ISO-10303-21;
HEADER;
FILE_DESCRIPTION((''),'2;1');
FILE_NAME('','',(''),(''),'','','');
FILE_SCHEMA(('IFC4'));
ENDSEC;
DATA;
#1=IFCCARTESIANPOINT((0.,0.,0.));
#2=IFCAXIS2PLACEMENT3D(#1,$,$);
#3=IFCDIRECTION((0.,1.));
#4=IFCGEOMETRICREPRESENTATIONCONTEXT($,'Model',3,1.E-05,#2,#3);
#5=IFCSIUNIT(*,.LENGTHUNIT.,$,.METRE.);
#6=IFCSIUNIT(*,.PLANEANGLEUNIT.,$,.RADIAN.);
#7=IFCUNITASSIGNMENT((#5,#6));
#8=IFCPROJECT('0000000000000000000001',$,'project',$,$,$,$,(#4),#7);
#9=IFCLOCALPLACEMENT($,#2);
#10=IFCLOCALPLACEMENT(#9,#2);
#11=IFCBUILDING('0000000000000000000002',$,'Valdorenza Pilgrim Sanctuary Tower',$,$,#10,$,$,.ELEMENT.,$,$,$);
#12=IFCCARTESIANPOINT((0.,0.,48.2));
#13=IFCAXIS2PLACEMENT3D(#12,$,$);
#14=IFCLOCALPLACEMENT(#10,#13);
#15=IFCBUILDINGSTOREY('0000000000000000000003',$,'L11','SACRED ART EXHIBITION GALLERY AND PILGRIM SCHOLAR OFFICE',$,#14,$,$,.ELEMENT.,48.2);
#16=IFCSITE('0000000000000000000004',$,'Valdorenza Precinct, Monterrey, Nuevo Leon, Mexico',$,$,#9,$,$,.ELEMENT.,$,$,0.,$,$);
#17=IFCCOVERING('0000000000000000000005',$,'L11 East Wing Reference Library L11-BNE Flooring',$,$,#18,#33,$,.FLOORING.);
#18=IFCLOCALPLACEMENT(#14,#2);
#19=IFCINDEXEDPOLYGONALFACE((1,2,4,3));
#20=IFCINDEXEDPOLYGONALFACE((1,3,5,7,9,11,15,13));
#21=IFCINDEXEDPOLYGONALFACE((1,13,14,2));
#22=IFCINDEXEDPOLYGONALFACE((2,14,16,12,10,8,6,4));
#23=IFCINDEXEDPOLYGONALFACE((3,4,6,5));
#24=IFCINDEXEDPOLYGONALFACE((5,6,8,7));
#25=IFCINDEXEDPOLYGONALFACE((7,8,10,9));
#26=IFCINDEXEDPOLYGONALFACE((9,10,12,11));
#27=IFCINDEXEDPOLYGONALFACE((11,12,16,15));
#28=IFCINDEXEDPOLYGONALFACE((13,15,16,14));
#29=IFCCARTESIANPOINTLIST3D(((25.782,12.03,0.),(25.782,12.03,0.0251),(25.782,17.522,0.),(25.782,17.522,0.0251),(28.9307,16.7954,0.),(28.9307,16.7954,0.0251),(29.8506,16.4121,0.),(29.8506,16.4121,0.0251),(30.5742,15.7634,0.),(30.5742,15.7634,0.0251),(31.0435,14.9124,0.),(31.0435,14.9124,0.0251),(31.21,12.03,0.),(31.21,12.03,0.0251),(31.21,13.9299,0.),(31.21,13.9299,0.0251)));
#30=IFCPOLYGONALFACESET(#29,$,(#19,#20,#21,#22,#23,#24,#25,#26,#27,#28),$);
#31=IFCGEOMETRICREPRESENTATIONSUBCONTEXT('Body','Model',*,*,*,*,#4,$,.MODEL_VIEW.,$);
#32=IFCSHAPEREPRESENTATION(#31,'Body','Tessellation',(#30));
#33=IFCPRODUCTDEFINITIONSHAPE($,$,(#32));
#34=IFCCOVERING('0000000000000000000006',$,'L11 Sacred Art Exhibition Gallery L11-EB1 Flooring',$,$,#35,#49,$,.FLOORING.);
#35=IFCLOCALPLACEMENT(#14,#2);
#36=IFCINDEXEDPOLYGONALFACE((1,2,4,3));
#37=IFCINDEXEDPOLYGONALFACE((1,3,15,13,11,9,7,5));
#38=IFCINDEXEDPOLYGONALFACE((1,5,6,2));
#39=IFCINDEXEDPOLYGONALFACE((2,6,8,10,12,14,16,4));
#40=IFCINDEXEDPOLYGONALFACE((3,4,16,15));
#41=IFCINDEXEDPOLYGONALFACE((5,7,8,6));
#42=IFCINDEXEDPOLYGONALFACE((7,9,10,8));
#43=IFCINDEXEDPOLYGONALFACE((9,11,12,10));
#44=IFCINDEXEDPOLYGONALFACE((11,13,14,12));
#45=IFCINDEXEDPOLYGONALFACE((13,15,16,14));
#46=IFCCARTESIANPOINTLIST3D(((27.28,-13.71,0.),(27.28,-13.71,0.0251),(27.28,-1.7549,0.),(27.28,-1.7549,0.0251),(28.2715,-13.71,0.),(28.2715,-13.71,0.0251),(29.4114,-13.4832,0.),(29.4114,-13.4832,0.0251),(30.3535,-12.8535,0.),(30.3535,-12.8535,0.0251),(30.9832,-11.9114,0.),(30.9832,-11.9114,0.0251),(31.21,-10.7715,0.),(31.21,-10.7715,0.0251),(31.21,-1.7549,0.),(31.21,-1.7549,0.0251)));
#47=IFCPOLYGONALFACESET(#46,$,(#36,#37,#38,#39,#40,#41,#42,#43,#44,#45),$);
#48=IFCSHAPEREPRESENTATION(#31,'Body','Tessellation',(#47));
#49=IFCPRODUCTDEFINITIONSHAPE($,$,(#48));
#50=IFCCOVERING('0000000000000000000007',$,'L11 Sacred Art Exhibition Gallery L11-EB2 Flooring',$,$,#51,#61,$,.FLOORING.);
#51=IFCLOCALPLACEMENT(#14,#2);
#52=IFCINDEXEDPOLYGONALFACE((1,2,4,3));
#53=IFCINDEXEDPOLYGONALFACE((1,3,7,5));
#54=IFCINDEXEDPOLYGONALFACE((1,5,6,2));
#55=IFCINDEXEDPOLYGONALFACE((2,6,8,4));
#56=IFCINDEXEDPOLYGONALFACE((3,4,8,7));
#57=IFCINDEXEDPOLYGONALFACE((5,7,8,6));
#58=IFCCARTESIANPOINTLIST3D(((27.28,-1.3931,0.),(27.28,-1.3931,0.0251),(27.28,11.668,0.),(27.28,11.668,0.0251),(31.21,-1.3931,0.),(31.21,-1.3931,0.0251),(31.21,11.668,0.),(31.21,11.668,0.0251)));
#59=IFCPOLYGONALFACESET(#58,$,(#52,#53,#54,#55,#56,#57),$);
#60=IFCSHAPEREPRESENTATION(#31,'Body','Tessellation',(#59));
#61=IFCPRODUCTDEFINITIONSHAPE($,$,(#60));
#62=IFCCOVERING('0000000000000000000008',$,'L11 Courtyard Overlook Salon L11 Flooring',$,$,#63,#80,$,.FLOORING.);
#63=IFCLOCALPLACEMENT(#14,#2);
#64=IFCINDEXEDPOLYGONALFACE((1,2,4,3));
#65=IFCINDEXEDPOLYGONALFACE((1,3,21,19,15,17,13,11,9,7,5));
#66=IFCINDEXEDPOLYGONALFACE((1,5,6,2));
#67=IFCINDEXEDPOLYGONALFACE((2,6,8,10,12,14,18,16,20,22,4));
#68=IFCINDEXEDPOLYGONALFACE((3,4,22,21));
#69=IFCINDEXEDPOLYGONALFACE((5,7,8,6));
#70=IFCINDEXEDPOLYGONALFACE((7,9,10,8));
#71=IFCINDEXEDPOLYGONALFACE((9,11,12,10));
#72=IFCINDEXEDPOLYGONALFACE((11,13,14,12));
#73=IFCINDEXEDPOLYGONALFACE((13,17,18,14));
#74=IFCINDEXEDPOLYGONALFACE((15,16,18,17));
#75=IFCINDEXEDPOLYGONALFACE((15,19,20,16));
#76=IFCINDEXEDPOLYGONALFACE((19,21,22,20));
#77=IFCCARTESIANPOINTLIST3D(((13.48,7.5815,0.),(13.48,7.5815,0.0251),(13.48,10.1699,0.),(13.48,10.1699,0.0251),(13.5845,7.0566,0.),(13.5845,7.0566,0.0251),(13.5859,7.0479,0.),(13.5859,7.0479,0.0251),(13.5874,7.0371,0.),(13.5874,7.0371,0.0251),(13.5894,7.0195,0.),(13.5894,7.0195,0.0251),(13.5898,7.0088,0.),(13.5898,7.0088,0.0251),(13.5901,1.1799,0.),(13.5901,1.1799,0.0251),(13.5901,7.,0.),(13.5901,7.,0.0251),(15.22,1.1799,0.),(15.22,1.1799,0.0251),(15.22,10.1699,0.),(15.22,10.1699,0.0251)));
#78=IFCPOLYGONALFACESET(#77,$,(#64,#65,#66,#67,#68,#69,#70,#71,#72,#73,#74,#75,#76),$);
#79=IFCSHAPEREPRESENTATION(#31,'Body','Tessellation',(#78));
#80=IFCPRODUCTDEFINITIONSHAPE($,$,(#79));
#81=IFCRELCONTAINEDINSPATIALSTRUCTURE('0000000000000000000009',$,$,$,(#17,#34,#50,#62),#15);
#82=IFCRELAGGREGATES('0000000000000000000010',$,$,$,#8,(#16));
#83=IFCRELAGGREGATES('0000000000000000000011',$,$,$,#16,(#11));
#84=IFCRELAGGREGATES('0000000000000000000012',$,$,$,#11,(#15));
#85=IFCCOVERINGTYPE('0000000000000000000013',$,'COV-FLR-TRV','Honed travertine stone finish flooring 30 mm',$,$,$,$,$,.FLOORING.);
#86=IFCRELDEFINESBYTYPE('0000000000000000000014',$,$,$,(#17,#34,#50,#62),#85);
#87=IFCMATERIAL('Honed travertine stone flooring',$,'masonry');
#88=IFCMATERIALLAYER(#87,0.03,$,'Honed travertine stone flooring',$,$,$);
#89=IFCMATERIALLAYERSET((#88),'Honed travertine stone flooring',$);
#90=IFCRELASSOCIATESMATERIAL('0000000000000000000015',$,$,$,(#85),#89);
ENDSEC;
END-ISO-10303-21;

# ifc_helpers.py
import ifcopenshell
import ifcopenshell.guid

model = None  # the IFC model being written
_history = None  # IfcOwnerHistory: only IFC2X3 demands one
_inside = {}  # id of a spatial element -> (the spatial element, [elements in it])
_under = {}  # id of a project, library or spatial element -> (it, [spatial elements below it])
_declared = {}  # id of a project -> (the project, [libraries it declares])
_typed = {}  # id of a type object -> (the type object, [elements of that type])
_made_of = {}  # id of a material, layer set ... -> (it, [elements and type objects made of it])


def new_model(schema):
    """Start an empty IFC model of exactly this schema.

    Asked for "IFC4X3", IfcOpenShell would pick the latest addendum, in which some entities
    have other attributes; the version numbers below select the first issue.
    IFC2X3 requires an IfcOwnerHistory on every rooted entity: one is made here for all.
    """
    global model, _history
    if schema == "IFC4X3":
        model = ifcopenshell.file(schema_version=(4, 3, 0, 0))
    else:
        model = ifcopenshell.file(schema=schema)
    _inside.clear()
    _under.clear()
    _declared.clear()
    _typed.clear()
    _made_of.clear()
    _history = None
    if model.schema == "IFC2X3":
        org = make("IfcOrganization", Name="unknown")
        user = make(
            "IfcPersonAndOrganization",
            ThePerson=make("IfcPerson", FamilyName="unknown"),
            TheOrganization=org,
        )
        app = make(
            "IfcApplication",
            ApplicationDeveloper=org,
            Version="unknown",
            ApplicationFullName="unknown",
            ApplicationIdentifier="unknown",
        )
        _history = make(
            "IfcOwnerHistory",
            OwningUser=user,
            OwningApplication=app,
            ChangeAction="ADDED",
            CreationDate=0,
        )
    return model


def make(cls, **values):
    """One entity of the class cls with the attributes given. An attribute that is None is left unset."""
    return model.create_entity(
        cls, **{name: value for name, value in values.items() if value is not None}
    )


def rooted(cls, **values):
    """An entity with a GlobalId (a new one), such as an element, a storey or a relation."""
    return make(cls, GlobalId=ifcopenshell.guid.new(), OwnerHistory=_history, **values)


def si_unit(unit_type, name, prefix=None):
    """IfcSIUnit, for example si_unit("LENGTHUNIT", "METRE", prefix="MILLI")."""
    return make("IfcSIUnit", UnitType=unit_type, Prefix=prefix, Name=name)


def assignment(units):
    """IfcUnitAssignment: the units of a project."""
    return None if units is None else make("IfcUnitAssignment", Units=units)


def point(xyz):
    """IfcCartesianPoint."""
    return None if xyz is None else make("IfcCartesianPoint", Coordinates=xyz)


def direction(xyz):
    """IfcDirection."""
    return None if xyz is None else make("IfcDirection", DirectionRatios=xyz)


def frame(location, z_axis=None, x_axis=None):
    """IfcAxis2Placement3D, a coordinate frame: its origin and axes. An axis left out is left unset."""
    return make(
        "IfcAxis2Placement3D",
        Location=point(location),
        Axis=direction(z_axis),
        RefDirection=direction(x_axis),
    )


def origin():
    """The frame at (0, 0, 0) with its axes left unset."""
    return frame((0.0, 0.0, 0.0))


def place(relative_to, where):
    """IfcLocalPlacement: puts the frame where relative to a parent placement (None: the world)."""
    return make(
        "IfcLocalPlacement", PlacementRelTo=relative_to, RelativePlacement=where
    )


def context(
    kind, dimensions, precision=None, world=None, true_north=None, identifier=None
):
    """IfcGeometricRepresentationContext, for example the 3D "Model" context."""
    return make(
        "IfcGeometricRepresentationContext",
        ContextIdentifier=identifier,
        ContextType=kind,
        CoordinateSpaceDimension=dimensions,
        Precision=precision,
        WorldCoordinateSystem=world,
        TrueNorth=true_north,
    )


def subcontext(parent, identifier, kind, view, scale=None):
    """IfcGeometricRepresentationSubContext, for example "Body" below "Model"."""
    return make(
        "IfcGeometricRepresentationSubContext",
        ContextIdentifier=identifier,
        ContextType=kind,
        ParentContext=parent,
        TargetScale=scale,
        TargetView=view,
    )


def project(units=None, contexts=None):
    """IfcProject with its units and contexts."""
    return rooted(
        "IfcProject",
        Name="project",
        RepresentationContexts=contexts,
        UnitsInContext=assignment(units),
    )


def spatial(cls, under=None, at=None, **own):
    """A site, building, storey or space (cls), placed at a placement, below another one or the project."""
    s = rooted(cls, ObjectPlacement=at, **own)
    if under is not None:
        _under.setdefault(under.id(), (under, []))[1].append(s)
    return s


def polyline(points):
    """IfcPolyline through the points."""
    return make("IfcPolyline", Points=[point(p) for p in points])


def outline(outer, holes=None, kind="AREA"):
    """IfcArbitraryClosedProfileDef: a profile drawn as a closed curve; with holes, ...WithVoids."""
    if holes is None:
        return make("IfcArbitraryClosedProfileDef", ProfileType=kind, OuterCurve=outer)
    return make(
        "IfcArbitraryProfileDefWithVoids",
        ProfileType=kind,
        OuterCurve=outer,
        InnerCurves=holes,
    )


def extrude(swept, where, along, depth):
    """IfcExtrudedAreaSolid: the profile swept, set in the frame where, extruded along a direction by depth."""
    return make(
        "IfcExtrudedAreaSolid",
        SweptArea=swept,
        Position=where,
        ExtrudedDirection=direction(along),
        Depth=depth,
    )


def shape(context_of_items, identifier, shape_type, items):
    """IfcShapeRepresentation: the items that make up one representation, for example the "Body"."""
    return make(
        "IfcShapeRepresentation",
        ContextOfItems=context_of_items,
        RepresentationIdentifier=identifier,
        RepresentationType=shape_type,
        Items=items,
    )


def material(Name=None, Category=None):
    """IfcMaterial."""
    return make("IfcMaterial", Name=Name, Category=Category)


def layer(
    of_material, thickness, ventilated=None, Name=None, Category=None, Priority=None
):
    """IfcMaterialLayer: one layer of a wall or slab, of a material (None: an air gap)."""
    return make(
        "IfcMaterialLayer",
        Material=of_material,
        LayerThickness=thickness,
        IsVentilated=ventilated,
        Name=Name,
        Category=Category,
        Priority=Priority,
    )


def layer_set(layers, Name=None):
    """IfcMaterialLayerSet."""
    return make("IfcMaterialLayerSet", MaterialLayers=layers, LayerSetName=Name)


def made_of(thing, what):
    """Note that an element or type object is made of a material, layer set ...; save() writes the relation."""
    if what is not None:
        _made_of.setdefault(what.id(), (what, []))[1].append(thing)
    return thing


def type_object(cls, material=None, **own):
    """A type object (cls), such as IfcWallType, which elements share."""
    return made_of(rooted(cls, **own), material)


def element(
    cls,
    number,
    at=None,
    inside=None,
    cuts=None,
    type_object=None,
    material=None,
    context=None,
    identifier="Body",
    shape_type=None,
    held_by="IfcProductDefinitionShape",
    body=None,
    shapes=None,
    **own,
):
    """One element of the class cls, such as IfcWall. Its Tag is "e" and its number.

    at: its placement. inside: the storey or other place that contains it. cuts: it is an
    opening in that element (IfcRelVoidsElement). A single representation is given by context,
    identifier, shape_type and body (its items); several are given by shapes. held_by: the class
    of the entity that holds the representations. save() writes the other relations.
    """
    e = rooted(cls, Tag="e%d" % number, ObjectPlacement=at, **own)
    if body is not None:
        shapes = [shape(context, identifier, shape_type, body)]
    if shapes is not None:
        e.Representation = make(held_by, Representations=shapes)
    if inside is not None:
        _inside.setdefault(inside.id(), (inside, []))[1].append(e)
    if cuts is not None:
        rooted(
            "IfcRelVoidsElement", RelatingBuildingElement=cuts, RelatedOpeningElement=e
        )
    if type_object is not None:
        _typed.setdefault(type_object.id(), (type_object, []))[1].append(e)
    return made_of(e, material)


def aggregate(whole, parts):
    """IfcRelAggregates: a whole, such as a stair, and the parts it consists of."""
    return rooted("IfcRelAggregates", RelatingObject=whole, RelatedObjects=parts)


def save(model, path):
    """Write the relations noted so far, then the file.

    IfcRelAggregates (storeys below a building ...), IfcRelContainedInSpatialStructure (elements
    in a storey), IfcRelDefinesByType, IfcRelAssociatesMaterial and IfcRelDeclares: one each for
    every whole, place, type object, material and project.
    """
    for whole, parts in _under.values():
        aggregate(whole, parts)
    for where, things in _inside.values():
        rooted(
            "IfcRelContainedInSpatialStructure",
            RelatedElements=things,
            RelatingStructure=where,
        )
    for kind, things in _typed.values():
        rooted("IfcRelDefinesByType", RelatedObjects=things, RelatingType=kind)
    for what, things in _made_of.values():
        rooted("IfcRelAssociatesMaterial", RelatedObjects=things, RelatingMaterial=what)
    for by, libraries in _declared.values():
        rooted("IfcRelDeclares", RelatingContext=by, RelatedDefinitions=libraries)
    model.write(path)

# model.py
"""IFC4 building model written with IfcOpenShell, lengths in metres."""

from ifc_helpers import new_model, si_unit, direction, frame, origin, place, context, subcontext, project, spatial, polyline, outline, extrude, material, layer, layer_set, type_object, element, save


model = new_model("IFC4")

# Units and contexts
model_context = context("Model", 3, precision=1e-05, world=origin(), true_north=direction((0.0, 1.0)))
body_context = subcontext(model_context, "Body", "Model", "MODEL_VIEW")
ifc_project = project(units=[si_unit("LENGTHUNIT", "METRE"), si_unit("PLANEANGLEUNIT", "RADIAN")], contexts=[model_context])

# Site, building, storey
site_placement = place(None, origin())
site = spatial("IfcSite", under=ifc_project, at=site_placement, Name="Valdorenza Precinct, Monterrey, Nuevo Leon, Mexico", CompositionType="ELEMENT", RefElevation=0.0)
building_placement = place(site_placement, origin())
building = spatial("IfcBuilding", under=site, at=building_placement, Name="Valdorenza Pilgrim Sanctuary Tower", CompositionType="ELEMENT")
storey_placement = place(building_placement, frame((0.0, 0.0, 48.2)))
storey = spatial("IfcBuildingStorey", under=building, at=storey_placement, Name="L11", Description="SACRED ART EXHIBITION GALLERY AND PILGRIM SCHOLAR OFFICE", CompositionType="ELEMENT", Elevation=48.2)

# Coverings
ifc_material_1 = material(Name="Honed travertine stone flooring", Category="masonry")
ifc_layer_1 = layer(ifc_material_1, 0.03, Name="Honed travertine stone flooring")
ifc_layer_set_1 = layer_set([ifc_layer_1], Name="Honed travertine stone flooring")
covering_type_1 = type_object("IfcCoveringType", Name="COV-FLR-TRV", Description="Honed travertine stone finish flooring 30 mm", PredefinedType="FLOORING", material=ifc_layer_set_1)
covering_1_placement = place(storey_placement, origin())
element("IfcCovering", 1, at=covering_1_placement, inside=storey, type_object=covering_type_1, Name="L11 East Wing Reference Library L11-BNE Flooring", PredefinedType="FLOORING", context=body_context, shape_type="SweptSolid", body=[
    extrude(outline(polyline([(28.9307, 16.7954), (29.8506, 16.4121), (30.5742, 15.7634), (31.0435, 14.9124), (31.21, 13.9299), (31.21, 12.03), (25.782, 12.03), (25.782, 17.522), (28.9307, 16.7954)])), origin(), (0.0, 0.0, 1.0), 0.0251),
])
covering_2_placement = place(storey_placement, origin())
element("IfcCovering", 2, at=covering_2_placement, inside=storey, type_object=covering_type_1, Name="L11 Sacred Art Exhibition Gallery L11-EB1 Flooring", PredefinedType="FLOORING", context=body_context, shape_type="SweptSolid", body=[
    extrude(outline(polyline([(31.21, -1.7549), (31.21, -10.7715), (30.9832, -11.9114), (30.3535, -12.8535), (29.4114, -13.4832), (28.2715, -13.71), (27.28, -13.71), (27.28, -1.7549), (31.21, -1.7549)])), origin(), (0.0, 0.0, 1.0), 0.0251),
])
covering_3_placement = place(storey_placement, origin())
element("IfcCovering", 3, at=covering_3_placement, inside=storey, type_object=covering_type_1, Name="L11 Sacred Art Exhibition Gallery L11-EB2 Flooring", PredefinedType="FLOORING", context=body_context, shape_type="SweptSolid", body=[
    extrude(outline(polyline([(27.28, 11.668), (31.21, 11.668), (31.21, -1.3931), (27.28, -1.3931), (27.28, 11.668)])), origin(), (0.0, 0.0, 1.0), 0.0251),
])
covering_4_placement = place(storey_placement, origin())
element("IfcCovering", 4, at=covering_4_placement, inside=storey, type_object=covering_type_1, Name="L11 Courtyard Overlook Salon L11 Flooring", PredefinedType="FLOORING", context=body_context, shape_type="SweptSolid", body=[
    extrude(outline(polyline([(15.22, 10.1699), (15.22, 1.1799), (13.5901, 1.1799), (13.5901, 7.0), (13.5898, 7.0088), (13.5894, 7.0195), (13.5874, 7.0371), (13.5859, 7.0479), (13.5845, 7.0566), (13.48, 7.5815), (13.48, 10.1699), (15.22, 10.1699)])), origin(), (0.0, 0.0, 1.0), 0.0251),
])

save(model, "model.ifc")
